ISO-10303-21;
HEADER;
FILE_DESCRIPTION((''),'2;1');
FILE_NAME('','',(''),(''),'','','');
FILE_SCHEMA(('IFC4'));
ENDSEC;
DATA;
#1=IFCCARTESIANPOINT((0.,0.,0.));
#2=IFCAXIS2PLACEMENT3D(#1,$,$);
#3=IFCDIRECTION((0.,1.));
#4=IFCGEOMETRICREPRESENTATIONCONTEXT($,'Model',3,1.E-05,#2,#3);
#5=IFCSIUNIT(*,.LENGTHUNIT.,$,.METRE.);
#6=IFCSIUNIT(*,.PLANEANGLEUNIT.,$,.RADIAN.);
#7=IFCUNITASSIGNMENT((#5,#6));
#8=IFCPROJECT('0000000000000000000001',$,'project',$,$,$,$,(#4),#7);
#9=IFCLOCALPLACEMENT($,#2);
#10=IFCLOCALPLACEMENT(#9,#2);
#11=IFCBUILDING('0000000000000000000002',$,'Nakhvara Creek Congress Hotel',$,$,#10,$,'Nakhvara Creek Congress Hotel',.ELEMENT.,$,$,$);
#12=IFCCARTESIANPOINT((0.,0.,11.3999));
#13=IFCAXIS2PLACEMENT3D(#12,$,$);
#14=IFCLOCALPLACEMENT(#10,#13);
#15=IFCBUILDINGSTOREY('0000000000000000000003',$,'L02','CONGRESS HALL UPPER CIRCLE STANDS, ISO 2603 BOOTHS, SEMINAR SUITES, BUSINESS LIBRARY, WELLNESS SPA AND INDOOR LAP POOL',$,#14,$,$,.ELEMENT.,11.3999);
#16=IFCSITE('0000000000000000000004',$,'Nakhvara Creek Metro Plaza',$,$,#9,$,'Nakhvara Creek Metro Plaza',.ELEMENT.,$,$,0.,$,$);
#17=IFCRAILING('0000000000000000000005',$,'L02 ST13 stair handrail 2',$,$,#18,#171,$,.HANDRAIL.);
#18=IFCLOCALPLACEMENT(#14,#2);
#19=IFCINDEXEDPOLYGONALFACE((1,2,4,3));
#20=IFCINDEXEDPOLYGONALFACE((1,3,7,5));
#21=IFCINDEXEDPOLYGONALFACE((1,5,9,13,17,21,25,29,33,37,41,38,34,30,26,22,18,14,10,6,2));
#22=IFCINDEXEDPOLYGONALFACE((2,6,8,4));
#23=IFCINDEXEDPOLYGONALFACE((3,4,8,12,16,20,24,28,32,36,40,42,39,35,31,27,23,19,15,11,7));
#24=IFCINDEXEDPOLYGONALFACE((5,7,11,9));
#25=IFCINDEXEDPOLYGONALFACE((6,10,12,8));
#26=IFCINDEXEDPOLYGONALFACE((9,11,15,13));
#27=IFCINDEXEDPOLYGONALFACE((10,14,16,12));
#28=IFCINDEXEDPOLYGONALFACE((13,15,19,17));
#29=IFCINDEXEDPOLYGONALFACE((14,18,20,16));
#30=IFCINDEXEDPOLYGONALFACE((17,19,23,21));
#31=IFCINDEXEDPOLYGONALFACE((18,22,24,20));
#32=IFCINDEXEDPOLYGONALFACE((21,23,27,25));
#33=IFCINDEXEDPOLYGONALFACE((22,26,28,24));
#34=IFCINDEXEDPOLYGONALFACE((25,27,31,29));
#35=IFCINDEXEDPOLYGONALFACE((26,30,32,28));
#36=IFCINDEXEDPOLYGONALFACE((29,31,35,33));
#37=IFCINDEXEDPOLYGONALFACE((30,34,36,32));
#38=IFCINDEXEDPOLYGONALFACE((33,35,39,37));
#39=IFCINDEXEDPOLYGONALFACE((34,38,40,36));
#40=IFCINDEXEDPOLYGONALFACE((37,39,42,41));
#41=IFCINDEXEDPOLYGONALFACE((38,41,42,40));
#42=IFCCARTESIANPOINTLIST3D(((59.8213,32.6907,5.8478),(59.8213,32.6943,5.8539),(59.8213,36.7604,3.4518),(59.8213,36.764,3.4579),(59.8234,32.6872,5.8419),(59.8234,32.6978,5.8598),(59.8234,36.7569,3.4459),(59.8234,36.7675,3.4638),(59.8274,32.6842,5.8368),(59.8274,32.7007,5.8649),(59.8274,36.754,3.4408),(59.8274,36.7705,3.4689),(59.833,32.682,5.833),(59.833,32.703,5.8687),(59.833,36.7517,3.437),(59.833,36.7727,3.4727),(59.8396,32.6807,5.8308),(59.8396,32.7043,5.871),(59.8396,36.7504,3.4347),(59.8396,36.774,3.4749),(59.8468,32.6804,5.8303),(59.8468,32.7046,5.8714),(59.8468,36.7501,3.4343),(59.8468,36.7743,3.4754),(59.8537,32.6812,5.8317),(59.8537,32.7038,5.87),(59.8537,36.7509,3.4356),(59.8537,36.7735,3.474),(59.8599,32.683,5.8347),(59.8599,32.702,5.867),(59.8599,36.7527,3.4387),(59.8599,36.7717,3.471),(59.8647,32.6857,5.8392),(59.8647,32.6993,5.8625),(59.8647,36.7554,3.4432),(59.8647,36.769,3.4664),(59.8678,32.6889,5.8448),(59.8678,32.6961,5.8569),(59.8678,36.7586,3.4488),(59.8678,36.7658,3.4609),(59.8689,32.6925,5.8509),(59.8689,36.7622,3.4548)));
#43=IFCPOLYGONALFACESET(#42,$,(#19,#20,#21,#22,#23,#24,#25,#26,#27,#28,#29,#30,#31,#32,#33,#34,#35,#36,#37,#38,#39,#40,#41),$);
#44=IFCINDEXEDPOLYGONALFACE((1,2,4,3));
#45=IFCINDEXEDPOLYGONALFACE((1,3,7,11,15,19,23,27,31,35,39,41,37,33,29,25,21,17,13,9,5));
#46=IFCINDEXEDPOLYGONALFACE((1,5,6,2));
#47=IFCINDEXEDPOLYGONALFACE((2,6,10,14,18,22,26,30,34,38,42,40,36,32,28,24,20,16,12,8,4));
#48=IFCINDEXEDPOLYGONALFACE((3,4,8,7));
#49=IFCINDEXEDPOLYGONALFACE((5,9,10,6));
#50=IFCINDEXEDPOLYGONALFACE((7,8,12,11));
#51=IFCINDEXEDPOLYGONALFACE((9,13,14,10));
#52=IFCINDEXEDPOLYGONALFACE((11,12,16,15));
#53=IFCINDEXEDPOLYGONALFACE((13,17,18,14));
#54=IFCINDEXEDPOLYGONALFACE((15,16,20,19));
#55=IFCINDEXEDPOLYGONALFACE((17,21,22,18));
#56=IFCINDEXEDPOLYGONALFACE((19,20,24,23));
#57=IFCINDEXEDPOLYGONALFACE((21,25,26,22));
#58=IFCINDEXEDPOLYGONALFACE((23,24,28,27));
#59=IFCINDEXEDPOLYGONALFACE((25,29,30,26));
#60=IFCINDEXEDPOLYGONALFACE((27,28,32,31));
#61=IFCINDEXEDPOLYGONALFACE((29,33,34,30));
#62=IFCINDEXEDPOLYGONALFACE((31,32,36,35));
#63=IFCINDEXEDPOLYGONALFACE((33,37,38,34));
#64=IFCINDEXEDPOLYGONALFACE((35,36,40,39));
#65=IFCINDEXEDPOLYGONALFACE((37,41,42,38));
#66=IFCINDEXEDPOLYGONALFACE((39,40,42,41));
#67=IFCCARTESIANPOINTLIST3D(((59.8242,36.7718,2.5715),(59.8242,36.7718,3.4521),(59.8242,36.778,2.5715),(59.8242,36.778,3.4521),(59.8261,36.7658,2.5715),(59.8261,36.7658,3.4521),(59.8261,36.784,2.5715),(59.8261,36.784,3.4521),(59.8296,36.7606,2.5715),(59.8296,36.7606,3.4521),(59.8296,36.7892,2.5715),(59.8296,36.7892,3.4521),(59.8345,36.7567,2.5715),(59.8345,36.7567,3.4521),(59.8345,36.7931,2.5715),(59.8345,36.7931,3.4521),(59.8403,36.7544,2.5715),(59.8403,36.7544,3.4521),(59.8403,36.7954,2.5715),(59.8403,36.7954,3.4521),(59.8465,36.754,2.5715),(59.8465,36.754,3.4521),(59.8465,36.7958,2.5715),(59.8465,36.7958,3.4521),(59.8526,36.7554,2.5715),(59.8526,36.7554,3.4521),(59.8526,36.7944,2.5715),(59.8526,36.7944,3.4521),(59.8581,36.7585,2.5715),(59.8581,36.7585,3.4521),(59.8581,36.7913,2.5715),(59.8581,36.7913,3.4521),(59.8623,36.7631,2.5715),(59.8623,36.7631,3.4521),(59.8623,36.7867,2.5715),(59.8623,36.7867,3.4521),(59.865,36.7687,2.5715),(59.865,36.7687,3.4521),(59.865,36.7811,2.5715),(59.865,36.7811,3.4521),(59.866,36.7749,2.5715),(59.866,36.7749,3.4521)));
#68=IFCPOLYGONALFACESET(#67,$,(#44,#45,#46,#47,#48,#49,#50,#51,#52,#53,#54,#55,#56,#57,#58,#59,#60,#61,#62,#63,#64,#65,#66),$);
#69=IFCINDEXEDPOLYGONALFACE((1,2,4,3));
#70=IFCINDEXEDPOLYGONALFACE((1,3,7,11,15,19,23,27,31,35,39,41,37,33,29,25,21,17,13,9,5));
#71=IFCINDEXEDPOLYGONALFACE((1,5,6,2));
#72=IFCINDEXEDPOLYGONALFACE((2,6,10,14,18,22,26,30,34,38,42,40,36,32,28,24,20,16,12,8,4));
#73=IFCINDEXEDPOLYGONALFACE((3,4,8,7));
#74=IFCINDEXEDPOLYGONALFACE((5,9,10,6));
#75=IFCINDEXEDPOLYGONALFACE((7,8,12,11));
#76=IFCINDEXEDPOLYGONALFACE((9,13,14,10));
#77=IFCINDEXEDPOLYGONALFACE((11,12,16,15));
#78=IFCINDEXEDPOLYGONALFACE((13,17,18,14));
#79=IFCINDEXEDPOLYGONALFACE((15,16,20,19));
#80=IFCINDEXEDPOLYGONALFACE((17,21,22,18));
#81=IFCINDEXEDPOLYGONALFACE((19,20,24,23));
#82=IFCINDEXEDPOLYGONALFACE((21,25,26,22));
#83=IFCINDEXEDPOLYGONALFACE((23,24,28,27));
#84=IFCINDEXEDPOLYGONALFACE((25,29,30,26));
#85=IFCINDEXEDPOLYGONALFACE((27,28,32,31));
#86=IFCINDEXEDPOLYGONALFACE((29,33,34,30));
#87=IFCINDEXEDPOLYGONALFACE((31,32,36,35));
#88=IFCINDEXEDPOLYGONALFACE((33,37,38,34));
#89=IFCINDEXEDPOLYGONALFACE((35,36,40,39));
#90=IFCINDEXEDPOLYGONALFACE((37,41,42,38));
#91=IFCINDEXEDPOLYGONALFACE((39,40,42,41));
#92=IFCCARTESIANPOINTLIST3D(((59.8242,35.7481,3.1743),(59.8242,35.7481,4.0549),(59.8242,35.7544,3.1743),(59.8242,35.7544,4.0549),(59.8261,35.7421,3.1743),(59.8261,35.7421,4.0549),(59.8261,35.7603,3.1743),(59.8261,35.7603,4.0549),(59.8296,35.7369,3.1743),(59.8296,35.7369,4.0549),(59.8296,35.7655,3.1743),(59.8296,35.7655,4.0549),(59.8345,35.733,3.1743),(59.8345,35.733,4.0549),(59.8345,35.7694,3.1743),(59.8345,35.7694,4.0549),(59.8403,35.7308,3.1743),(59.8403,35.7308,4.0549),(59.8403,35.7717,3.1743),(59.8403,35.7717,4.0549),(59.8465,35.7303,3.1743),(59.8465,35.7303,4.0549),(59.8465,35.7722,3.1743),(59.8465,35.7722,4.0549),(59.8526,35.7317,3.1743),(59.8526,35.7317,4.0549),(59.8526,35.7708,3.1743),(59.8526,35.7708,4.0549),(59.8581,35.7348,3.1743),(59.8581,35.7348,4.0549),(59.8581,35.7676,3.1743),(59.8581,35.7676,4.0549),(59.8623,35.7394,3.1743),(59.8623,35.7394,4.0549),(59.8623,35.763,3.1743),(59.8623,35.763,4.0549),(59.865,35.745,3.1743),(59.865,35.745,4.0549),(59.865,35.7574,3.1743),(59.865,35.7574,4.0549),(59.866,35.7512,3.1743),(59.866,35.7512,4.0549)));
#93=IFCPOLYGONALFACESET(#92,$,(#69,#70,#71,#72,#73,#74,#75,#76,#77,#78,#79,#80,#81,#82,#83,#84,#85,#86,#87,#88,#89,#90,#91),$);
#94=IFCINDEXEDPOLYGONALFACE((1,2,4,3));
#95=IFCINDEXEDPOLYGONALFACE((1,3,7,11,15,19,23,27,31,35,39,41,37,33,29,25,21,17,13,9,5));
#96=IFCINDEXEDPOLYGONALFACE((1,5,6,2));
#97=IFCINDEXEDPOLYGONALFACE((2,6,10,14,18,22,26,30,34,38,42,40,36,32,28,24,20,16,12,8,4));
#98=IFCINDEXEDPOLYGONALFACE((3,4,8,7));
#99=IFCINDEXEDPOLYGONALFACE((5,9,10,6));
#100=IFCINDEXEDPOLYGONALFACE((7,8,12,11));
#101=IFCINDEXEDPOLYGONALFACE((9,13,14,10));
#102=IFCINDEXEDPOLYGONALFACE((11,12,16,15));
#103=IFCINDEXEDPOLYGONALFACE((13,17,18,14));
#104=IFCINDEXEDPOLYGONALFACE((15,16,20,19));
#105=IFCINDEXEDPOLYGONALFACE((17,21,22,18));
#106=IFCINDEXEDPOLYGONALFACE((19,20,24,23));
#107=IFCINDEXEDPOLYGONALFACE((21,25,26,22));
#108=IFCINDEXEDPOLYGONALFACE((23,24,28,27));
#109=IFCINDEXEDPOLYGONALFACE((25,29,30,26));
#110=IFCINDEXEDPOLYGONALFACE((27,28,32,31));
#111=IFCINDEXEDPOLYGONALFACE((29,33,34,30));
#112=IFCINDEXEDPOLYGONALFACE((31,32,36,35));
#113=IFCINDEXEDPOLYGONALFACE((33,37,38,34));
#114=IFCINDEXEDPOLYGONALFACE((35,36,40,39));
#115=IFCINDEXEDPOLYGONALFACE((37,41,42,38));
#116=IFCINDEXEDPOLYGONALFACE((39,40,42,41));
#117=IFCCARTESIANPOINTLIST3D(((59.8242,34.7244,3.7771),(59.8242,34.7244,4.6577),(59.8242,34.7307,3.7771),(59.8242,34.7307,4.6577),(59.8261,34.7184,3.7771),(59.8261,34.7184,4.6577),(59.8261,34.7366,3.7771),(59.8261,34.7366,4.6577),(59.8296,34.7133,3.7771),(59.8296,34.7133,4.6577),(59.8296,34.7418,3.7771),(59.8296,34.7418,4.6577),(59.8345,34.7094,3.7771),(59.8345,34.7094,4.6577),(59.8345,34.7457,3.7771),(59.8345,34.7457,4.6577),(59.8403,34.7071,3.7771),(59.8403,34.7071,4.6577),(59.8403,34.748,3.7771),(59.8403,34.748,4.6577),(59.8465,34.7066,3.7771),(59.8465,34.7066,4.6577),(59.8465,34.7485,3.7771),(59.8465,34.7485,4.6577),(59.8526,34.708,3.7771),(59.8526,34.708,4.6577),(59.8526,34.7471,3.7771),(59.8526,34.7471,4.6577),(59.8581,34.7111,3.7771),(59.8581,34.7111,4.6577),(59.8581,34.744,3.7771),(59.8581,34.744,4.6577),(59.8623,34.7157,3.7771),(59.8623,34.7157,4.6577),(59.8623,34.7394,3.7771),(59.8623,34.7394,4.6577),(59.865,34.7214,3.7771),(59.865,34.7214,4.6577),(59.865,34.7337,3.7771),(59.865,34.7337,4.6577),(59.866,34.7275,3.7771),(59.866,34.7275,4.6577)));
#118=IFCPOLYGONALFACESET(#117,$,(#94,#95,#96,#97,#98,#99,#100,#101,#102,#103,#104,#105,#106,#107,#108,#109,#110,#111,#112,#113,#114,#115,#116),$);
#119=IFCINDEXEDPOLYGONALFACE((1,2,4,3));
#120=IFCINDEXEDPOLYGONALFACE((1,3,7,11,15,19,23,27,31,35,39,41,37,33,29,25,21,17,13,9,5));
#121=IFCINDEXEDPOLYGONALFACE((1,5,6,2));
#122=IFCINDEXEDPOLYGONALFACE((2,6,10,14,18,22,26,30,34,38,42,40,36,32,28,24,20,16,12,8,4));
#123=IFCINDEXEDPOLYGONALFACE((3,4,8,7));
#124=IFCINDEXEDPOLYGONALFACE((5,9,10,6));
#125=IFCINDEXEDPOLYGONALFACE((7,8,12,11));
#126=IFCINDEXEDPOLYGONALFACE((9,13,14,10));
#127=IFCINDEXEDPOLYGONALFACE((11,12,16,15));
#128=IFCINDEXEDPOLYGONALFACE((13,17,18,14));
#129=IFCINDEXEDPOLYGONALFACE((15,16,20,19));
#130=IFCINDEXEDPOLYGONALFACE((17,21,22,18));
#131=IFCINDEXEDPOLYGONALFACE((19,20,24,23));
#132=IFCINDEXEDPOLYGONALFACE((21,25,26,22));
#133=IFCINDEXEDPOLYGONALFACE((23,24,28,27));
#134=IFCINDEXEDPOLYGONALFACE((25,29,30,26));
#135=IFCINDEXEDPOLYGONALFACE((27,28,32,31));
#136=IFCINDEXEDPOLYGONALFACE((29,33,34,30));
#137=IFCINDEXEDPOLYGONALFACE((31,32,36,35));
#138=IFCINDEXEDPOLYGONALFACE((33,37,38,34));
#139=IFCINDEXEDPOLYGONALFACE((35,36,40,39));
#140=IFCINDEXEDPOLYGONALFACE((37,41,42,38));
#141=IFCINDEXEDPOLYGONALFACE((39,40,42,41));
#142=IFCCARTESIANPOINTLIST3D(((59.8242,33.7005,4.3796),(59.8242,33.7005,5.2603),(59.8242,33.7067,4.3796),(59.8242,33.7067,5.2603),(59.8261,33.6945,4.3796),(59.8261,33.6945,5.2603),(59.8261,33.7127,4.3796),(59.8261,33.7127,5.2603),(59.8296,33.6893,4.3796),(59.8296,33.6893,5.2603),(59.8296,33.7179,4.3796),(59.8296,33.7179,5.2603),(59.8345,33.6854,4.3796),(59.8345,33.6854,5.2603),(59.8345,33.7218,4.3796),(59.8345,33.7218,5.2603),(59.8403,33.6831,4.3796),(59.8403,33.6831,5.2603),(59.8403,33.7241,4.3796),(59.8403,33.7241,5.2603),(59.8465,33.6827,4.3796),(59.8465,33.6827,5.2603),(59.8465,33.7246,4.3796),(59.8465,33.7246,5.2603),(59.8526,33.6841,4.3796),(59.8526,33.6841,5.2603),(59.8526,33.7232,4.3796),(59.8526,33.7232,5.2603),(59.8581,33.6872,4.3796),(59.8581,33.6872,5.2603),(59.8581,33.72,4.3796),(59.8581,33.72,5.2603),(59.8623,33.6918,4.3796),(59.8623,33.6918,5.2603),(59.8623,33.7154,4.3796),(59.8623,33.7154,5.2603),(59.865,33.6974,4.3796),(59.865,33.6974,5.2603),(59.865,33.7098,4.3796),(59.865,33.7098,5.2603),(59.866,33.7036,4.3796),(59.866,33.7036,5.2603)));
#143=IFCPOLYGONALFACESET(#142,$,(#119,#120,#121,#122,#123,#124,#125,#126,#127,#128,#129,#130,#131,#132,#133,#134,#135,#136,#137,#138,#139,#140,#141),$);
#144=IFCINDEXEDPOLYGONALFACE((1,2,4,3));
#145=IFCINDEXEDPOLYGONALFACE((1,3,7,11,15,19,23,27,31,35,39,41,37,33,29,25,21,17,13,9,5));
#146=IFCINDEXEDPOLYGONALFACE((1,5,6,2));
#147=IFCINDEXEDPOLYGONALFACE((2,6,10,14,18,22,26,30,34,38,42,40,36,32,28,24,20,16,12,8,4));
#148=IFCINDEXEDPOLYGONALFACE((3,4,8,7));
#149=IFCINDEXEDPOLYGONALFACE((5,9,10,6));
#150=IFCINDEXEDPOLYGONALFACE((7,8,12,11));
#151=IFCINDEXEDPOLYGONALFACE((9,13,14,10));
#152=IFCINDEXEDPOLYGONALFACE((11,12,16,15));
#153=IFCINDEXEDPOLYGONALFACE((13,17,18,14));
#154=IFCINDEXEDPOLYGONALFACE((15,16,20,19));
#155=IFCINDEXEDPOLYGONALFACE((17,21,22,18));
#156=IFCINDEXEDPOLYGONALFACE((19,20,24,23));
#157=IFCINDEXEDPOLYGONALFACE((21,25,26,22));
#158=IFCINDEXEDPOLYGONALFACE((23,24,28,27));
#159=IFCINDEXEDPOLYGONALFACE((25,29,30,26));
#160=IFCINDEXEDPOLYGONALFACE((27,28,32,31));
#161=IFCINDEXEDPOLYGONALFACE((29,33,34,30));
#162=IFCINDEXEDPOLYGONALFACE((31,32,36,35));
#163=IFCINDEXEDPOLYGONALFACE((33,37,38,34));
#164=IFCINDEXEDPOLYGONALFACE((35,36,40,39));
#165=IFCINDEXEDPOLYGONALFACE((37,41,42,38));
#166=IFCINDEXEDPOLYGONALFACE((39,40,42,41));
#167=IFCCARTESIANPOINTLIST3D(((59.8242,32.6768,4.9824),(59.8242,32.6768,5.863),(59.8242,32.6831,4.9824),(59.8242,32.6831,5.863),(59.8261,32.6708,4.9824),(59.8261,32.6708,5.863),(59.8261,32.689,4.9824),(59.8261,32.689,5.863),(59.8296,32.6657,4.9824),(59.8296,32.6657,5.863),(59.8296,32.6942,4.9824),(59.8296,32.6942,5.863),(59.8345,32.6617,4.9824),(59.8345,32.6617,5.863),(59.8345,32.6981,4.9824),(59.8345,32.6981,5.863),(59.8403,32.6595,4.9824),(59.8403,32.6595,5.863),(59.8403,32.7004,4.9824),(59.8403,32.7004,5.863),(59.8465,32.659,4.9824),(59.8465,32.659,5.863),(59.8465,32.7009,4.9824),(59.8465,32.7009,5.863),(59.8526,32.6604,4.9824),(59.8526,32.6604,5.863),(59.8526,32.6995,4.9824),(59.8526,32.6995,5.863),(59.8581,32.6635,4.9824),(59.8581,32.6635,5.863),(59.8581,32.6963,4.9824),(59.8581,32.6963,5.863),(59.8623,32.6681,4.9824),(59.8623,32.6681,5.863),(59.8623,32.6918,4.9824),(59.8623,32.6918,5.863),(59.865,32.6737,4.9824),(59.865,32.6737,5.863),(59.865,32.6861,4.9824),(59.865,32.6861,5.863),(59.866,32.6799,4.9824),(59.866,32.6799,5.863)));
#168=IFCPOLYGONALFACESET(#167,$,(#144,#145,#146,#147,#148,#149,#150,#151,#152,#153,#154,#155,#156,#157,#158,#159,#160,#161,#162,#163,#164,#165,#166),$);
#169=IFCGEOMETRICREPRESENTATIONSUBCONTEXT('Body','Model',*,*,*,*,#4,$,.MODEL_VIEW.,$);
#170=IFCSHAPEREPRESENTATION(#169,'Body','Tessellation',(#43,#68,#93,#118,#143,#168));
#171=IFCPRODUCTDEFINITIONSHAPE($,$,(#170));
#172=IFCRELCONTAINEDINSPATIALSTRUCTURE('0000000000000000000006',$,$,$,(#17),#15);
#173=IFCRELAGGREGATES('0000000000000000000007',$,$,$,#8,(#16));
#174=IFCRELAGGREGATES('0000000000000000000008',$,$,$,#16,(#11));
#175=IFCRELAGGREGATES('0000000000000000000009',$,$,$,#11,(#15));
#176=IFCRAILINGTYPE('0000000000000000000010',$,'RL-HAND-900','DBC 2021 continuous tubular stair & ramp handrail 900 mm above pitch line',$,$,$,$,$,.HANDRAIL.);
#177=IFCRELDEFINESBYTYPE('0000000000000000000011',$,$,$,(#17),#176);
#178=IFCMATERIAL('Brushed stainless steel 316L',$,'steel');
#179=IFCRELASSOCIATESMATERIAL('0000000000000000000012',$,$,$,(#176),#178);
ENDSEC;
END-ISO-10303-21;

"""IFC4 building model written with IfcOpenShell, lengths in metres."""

from ifc_helpers import new_model, si_unit, direction, frame, origin, origin_2d, place, context, subcontext, project, spatial, circle, extrude, material, type_object, element, save


model = new_model("IFC4")

# Units and contexts
model_context = context("Model", 3, precision=1e-05, world=origin(), true_north=direction((0.0, 1.0)))
body_context = subcontext(model_context, "Body", "Model", "MODEL_VIEW")
ifc_project = project(units=[si_unit("LENGTHUNIT", "METRE"), si_unit("PLANEANGLEUNIT", "RADIAN")], contexts=[model_context])

# Site, building, storey
site_placement = place(None, origin())
site = spatial("IfcSite", under=ifc_project, at=site_placement, Name="Nakhvara Creek Metro Plaza", LongName="Nakhvara Creek Metro Plaza", CompositionType="ELEMENT", RefElevation=0.0)
building_placement = place(site_placement, origin())
building = spatial("IfcBuilding", under=site, at=building_placement, Name="Nakhvara Creek Congress Hotel", LongName="Nakhvara Creek Congress Hotel", CompositionType="ELEMENT")
storey_placement = place(building_placement, frame((0.0, 0.0, 11.3999)))
storey = spatial("IfcBuildingStorey", under=building, at=storey_placement, Name="L02", Description="CONGRESS HALL UPPER CIRCLE STANDS, ISO 2603 BOOTHS, SEMINAR SUITES, BUSINESS LIBRARY, WELLNESS SPA AND INDOOR LAP POOL", CompositionType="ELEMENT", Elevation=11.3999)

# Railing
ifc_material_1 = material(Name="Brushed stainless steel 316L", Category="steel")
railing_type_1 = type_object("IfcRailingType", Name="RL-HAND-900", Description="DBC 2021 continuous tubular stair & ramp handrail 900 mm above pitch line", PredefinedType="HANDRAIL", material=ifc_material_1)
railing_1_placement = place(storey_placement, frame((59.845, 36.7749, 2.5715)))
element("IfcRailing", 1, at=railing_1_placement, inside=storey, type_object=railing_type_1, Name="L02 ST13 stair handrail 2", PredefinedType="HANDRAIL", context=body_context, shape_type="SweptSolid", body=[
    extrude(circle(Radius=0.0239, at=origin_2d()), frame((0.0, -0.0127, 0.8833), z_axis=(0.0, -0.861743, 0.507346), x_axis=(1.0, 0.0, 0.0)), (0.0, 0.0, 1.0), 4.7227),
    extrude(circle(Radius=0.021, at=origin_2d()), origin(), (0.0, 0.0, 1.0), 0.8806),
    extrude(circle(Radius=0.021, at=origin_2d()), frame((0.0, -1.0237, 0.6028)), (0.0, 0.0, 1.0), 0.8806),
    extrude(circle(Radius=0.021, at=origin_2d()), frame((0.0, -2.0474, 1.2056)), (0.0, 0.0, 1.0), 0.8806),
    extrude(circle(Radius=0.021, at=origin_2d()), frame((0.0, -3.0713, 1.8081)), (0.0, 0.0, 1.0), 0.8806),
    extrude(circle(Radius=0.021, at=origin_2d()), frame((0.0, -4.095, 2.4109)), (0.0, 0.0, 1.0), 0.8806),
])

save(model, "model.ifc")
